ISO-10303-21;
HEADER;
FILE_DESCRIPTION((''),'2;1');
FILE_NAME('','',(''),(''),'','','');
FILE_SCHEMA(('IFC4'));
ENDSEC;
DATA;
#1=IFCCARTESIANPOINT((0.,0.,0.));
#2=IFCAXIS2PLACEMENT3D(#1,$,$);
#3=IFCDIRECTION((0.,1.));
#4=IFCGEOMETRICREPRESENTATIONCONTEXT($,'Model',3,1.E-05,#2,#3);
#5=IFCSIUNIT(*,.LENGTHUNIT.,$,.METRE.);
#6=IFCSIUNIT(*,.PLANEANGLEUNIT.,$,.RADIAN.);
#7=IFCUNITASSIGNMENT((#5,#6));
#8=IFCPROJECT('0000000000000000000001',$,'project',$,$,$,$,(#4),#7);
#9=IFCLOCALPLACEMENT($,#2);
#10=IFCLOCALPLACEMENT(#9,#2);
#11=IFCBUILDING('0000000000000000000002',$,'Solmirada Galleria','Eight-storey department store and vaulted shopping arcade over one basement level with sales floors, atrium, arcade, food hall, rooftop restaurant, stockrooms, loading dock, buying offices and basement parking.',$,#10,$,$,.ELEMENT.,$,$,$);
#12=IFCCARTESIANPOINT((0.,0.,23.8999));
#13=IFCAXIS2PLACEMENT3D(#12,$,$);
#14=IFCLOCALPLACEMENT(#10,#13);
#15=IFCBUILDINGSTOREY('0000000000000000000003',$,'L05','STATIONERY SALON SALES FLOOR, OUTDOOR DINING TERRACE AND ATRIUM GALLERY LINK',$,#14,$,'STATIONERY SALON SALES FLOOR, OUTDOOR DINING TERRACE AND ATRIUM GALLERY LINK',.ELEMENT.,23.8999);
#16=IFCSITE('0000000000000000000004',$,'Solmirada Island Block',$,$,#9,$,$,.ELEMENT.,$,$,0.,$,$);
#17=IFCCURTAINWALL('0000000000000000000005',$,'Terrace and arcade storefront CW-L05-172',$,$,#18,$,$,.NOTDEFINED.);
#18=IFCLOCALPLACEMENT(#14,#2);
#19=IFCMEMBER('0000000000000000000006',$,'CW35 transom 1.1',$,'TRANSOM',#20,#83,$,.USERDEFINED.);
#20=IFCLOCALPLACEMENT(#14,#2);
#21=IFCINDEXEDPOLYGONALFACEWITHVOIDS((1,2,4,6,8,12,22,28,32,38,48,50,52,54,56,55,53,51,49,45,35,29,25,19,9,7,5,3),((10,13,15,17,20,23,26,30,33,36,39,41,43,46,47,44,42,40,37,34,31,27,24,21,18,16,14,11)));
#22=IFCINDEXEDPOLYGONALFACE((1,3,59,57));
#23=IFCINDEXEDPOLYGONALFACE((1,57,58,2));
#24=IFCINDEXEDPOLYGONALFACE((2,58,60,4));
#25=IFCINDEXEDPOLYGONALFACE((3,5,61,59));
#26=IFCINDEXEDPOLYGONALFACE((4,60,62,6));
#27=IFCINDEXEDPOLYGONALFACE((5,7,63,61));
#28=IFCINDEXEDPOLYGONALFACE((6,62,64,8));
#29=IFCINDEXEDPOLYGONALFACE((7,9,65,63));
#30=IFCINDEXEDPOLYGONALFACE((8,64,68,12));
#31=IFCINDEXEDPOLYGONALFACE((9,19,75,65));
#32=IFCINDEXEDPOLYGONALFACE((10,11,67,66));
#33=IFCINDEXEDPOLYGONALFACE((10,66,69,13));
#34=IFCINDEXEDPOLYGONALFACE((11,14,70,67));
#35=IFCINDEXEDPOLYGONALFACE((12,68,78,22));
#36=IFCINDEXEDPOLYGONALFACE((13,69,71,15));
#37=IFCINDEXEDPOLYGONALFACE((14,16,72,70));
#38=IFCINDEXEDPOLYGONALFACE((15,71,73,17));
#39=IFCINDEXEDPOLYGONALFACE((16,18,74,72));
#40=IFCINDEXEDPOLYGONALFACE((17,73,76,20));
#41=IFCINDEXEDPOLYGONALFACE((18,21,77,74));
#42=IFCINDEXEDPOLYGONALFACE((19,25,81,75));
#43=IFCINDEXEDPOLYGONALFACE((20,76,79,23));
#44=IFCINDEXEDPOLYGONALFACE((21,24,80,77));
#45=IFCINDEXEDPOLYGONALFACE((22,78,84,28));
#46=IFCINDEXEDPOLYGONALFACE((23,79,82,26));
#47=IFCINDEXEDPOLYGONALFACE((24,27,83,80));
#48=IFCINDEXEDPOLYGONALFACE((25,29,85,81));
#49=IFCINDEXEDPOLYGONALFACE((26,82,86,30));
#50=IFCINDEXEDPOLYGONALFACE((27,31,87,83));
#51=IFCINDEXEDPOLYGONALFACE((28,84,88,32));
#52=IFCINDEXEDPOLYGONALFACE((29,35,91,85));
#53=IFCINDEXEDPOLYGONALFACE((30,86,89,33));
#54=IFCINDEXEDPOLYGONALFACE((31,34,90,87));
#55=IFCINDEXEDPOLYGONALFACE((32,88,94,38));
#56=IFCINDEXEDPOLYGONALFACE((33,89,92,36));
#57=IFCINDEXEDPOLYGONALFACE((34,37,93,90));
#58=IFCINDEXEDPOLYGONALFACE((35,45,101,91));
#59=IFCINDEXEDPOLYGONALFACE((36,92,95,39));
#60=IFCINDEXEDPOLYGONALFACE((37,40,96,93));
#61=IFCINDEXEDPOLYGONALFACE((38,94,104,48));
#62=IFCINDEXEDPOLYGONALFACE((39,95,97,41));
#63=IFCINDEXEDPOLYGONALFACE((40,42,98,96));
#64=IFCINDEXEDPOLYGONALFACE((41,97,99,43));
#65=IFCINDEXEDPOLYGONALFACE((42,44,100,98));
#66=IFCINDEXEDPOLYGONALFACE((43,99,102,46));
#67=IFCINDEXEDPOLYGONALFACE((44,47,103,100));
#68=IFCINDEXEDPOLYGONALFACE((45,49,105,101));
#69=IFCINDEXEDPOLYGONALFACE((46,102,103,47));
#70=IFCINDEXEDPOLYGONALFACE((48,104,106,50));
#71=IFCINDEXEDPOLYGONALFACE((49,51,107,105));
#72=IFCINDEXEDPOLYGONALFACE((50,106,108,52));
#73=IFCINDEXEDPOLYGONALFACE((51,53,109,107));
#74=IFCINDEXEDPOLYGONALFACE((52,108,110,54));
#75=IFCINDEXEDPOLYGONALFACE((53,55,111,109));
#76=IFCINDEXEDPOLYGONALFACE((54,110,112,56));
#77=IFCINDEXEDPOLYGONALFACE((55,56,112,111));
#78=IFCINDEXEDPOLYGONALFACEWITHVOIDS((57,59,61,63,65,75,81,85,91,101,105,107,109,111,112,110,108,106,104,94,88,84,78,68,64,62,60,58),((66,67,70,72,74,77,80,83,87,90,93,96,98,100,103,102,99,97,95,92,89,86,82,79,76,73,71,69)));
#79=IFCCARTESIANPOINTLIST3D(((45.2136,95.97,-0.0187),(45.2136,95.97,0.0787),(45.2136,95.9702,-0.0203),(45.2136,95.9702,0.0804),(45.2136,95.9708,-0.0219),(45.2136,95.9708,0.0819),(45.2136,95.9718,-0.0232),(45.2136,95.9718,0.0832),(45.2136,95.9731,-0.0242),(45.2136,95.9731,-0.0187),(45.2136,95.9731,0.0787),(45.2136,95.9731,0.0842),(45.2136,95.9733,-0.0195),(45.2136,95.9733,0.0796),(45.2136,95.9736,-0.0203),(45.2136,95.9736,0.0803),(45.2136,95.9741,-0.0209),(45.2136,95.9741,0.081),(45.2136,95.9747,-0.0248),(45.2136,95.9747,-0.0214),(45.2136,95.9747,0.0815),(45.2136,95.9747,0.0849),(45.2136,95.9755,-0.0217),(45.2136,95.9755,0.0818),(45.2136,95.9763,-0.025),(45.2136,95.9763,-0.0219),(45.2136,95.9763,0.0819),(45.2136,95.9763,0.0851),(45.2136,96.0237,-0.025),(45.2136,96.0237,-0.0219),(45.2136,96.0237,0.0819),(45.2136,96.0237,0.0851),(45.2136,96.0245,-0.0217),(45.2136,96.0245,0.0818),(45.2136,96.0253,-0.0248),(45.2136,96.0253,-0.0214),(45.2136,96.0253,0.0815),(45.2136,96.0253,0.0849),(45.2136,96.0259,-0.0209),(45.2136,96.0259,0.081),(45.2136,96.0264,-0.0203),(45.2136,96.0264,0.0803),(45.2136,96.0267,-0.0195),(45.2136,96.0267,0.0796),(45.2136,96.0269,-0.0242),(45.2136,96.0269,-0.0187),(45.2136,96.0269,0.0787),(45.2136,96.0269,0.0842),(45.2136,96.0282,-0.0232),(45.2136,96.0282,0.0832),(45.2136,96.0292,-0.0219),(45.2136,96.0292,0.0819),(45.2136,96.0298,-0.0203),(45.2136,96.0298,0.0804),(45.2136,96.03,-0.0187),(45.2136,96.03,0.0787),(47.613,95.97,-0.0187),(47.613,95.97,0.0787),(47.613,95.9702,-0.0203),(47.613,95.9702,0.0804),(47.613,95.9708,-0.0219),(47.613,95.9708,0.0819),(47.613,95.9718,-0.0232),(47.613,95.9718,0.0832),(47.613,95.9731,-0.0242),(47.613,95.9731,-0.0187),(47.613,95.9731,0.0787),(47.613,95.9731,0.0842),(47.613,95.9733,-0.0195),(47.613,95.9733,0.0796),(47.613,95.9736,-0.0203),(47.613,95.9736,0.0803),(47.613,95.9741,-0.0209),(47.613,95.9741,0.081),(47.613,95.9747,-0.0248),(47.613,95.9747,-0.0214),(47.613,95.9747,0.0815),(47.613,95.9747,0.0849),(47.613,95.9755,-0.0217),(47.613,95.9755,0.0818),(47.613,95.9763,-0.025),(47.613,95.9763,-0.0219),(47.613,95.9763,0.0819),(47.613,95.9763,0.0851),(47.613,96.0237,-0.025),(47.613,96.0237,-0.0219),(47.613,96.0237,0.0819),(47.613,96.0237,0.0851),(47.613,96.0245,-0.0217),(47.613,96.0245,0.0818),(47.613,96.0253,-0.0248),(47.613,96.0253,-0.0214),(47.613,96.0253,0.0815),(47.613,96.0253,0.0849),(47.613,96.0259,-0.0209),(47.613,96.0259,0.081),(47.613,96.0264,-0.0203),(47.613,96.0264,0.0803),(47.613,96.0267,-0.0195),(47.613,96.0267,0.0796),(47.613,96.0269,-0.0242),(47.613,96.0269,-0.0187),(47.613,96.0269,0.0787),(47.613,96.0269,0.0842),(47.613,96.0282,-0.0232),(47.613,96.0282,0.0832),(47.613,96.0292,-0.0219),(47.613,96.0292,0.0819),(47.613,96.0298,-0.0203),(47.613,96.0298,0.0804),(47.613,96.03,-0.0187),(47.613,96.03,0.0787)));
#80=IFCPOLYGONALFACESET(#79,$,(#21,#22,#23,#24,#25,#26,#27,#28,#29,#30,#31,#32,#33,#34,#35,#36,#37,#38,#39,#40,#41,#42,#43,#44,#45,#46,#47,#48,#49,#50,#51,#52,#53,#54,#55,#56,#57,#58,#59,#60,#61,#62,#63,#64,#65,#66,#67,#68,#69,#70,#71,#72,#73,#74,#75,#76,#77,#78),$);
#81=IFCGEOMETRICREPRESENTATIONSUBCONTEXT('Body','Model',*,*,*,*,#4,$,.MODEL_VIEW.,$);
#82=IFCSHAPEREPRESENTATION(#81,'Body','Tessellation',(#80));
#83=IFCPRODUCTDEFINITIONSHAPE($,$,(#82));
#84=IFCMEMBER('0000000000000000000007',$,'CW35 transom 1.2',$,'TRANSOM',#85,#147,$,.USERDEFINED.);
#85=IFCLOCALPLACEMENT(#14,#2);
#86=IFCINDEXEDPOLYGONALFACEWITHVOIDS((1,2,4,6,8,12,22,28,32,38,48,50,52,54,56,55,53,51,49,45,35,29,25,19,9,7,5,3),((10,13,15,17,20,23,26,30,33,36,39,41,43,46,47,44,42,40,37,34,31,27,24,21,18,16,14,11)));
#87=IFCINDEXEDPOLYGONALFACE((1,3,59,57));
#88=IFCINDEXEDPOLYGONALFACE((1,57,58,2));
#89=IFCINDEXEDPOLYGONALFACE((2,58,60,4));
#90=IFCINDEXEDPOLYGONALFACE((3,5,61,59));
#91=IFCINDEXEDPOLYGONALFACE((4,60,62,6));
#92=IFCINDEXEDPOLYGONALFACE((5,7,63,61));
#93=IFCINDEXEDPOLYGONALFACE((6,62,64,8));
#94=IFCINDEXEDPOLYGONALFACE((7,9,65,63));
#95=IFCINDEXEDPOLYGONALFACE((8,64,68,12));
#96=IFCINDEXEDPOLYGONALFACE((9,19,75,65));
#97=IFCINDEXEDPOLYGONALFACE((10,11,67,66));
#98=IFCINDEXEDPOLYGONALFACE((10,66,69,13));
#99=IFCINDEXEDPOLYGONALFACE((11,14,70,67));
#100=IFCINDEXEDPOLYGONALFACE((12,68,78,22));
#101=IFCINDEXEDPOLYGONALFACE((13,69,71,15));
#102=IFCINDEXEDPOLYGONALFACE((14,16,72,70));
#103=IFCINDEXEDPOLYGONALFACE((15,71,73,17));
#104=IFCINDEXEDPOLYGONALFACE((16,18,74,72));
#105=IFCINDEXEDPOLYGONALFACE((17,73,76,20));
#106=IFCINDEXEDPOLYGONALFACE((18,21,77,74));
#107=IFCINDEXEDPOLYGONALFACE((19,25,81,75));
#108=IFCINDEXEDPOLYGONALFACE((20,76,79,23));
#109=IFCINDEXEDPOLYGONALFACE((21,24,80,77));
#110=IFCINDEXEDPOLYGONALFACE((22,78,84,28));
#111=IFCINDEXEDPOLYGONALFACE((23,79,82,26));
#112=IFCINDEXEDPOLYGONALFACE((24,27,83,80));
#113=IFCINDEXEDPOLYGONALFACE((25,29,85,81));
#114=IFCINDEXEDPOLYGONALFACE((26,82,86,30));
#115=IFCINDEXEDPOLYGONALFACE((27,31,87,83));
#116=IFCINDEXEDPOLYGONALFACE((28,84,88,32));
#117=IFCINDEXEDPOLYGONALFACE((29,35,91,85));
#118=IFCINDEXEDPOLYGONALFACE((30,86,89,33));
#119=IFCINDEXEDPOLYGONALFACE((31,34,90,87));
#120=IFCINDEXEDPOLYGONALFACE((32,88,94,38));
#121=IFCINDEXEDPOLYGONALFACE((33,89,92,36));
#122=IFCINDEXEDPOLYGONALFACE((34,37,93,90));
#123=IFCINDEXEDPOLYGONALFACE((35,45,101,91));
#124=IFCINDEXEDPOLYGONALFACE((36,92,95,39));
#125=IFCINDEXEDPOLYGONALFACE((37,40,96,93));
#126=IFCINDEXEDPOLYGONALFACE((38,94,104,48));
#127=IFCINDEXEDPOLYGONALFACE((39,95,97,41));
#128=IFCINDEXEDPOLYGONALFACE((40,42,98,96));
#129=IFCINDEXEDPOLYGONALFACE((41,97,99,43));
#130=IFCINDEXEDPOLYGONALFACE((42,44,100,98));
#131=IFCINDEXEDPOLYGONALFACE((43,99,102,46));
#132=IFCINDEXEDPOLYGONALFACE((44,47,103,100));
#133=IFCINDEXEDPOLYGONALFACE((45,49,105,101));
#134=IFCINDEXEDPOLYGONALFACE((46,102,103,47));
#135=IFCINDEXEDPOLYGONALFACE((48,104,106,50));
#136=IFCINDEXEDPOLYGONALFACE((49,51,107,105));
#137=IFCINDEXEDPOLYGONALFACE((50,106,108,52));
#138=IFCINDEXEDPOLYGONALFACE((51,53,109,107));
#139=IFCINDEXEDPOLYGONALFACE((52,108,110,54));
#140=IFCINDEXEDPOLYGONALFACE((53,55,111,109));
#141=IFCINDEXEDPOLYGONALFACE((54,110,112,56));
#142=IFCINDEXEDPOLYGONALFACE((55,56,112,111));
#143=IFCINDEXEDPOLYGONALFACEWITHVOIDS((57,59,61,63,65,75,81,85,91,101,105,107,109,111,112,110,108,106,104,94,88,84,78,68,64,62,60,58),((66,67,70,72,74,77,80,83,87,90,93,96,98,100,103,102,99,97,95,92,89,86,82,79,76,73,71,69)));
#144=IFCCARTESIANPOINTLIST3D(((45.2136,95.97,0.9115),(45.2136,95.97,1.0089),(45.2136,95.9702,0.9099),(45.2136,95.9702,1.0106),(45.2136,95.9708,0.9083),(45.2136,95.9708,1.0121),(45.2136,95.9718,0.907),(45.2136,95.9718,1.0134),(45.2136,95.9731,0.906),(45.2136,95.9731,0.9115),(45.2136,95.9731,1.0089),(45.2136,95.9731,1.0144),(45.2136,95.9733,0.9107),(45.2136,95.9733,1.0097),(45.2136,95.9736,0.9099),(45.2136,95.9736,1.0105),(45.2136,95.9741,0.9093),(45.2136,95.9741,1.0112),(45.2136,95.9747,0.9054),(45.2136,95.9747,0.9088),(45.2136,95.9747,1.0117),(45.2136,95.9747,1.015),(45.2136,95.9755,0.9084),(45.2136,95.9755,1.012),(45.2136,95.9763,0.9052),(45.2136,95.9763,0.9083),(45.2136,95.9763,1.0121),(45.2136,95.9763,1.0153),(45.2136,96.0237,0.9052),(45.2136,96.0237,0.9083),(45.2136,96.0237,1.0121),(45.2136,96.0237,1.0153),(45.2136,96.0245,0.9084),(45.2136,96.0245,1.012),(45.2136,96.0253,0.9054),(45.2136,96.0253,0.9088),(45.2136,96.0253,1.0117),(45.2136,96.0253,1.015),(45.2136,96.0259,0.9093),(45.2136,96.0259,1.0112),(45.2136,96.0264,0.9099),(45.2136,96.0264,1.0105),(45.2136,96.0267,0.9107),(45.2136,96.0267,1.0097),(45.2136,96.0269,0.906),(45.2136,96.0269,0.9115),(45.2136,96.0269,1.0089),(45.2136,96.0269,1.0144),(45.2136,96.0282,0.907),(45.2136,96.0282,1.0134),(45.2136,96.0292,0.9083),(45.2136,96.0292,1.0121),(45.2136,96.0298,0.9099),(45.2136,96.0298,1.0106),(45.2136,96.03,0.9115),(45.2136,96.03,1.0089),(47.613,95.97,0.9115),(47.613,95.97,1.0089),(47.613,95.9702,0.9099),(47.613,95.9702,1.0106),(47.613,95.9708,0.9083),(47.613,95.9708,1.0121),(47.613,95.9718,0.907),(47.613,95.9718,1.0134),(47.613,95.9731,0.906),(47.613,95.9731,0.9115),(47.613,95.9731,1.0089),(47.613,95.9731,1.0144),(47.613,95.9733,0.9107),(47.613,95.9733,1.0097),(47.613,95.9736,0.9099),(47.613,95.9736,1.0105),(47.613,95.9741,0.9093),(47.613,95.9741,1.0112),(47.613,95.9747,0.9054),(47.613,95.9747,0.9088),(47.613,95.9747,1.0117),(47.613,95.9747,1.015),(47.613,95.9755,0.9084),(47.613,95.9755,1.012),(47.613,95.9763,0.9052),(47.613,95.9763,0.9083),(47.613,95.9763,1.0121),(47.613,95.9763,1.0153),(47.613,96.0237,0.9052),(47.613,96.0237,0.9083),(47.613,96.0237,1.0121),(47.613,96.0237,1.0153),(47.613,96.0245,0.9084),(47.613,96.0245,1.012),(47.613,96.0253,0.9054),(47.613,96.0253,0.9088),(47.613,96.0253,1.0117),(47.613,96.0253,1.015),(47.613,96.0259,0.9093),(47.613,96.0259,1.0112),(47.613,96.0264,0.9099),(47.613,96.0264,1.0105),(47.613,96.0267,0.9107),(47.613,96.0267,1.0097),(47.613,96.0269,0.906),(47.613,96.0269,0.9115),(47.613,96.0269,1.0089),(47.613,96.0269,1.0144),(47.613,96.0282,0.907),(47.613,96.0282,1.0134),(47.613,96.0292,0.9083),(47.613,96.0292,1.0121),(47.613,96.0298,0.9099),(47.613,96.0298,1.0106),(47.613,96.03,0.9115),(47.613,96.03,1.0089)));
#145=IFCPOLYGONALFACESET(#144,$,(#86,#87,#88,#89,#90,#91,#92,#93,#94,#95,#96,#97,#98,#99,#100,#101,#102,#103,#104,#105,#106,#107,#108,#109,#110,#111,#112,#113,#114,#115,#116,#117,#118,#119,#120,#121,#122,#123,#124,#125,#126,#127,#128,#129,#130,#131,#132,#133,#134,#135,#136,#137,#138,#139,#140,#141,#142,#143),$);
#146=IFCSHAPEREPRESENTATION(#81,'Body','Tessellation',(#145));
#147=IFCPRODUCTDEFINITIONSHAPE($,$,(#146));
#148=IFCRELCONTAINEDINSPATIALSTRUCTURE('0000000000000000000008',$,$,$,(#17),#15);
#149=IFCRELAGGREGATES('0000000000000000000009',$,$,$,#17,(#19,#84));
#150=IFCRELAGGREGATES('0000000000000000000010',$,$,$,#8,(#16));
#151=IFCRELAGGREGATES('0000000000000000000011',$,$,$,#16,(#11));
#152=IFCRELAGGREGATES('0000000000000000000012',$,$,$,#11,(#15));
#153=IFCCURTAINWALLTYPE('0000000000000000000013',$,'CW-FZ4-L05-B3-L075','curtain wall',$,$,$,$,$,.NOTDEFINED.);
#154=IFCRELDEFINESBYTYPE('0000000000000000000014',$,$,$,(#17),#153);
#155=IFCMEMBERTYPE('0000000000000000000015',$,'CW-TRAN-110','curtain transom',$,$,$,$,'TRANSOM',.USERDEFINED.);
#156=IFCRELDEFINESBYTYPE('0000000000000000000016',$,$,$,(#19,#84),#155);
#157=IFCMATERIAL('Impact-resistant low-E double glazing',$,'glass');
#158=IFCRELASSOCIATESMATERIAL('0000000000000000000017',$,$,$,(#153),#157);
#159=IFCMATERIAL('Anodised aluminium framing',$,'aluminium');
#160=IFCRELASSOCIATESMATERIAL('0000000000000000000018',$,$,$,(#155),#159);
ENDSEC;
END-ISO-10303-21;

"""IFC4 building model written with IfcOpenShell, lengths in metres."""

from ifc_helpers import new_model, si_unit, direction, frame, origin, origin_2d, place, context, subcontext, project, spatial, hollow_rectangle, extrude, material, material_profile, profile_set, type_object, element, aggregate, save


model = new_model("IFC4")

# Units and contexts
model_context = context("Model", 3, precision=1e-05, world=origin(), true_north=direction((0.0, 1.0)))
body_context = subcontext(model_context, "Body", "Model", "MODEL_VIEW")
ifc_project = project(units=[si_unit("LENGTHUNIT", "METRE"), si_unit("PLANEANGLEUNIT", "RADIAN")], contexts=[model_context])

# Site, building, storey
site_placement = place(None, origin())
site = spatial("IfcSite", under=ifc_project, at=site_placement, Name="Solmirada Island Block", CompositionType="ELEMENT", RefElevation=0.0)
building_placement = place(site_placement, origin())
building = spatial("IfcBuilding", under=site, at=building_placement, Name="Solmirada Galleria", Description="Eight-storey department store and vaulted shopping arcade over one basement level with sales floors, atrium, arcade, food hall, rooftop restaurant, stockrooms, loading dock, buying offices and basement parking.", CompositionType="ELEMENT")
storey_placement = place(building_placement, frame((0.0, 0.0, 23.8999)))
storey = spatial("IfcBuildingStorey", under=building, at=storey_placement, Name="L05", Description="STATIONERY SALON SALES FLOOR, OUTDOOR DINING TERRACE AND ATRIUM GALLERY LINK", LongName="STATIONERY SALON SALES FLOOR, OUTDOOR DINING TERRACE AND ATRIUM GALLERY LINK", CompositionType="ELEMENT", Elevation=23.8999)

# Shared definitions
ifc_material_1 = material(Name="Impact-resistant low-E double glazing", Category="glass")
ifc_material_2 = material(Name="Anodised aluminium framing", Category="aluminium")

# Curtain wall, members
curtain_wall_type_1 = type_object("IfcCurtainWallType", Name="CW-FZ4-L05-B3-L075", Description="curtain wall", PredefinedType="NOTDEFINED", material=ifc_material_1)
curtain_wall_1_placement = place(storey_placement, origin())
curtain_wall_1 = element("IfcCurtainWall", 1, at=curtain_wall_1_placement, inside=storey, type_object=curtain_wall_type_1, Name="Terrace and arcade storefront CW-L05-172", PredefinedType="NOTDEFINED")
ifc_material_profile_1 = material_profile(ifc_material_2, hollow_rectangle(XDim=0.0601, YDim=0.1101, WallThickness=0.0032, InnerFilletRadius=0.0032, OuterFilletRadius=0.0063, at=origin_2d()), Name="ALU-TRAN-110X60")
ifc_profile_set_1 = profile_set([ifc_material_profile_1], Name="Anodised aluminium framing")
member_type_1 = type_object("IfcMemberType", Name="CW-TRAN-110", Description="curtain transom", ElementType="TRANSOM", PredefinedType="USERDEFINED", material=ifc_profile_set_1)
member_1_placement = place(storey_placement, frame((47.613, 96.0, 0.03), z_axis=(-1.0, 0.0, 0.0), x_axis=(0.0, -1.0, 0.0)))
member_1 = element("IfcMember", 2, at=member_1_placement, type_object=member_type_1, Name="CW35 transom 1.1", ObjectType="TRANSOM", PredefinedType="USERDEFINED", context=body_context, shape_type="SweptSolid", body=[
    extrude(hollow_rectangle(XDim=0.0601, YDim=0.1101, WallThickness=0.0032, InnerFilletRadius=0.0032, OuterFilletRadius=0.0063, at=origin_2d()), origin(), (0.0, 0.0, 1.0), 2.3994),
])
member_2_placement = place(storey_placement, frame((47.613, 96.0, 0.9602), z_axis=(-1.0, 0.0, 0.0), x_axis=(0.0, -1.0, 0.0)))
member_2 = element("IfcMember", 3, at=member_2_placement, type_object=member_type_1, Name="CW35 transom 1.2", ObjectType="TRANSOM", PredefinedType="USERDEFINED", context=body_context, shape_type="SweptSolid", body=[
    extrude(hollow_rectangle(XDim=0.0601, YDim=0.1101, WallThickness=0.0032, InnerFilletRadius=0.0032, OuterFilletRadius=0.0063, at=origin_2d()), origin(), (0.0, 0.0, 1.0), 2.3994),
])
aggregate(curtain_wall_1, [member_1, member_2])

save(model, "model.ifc")
